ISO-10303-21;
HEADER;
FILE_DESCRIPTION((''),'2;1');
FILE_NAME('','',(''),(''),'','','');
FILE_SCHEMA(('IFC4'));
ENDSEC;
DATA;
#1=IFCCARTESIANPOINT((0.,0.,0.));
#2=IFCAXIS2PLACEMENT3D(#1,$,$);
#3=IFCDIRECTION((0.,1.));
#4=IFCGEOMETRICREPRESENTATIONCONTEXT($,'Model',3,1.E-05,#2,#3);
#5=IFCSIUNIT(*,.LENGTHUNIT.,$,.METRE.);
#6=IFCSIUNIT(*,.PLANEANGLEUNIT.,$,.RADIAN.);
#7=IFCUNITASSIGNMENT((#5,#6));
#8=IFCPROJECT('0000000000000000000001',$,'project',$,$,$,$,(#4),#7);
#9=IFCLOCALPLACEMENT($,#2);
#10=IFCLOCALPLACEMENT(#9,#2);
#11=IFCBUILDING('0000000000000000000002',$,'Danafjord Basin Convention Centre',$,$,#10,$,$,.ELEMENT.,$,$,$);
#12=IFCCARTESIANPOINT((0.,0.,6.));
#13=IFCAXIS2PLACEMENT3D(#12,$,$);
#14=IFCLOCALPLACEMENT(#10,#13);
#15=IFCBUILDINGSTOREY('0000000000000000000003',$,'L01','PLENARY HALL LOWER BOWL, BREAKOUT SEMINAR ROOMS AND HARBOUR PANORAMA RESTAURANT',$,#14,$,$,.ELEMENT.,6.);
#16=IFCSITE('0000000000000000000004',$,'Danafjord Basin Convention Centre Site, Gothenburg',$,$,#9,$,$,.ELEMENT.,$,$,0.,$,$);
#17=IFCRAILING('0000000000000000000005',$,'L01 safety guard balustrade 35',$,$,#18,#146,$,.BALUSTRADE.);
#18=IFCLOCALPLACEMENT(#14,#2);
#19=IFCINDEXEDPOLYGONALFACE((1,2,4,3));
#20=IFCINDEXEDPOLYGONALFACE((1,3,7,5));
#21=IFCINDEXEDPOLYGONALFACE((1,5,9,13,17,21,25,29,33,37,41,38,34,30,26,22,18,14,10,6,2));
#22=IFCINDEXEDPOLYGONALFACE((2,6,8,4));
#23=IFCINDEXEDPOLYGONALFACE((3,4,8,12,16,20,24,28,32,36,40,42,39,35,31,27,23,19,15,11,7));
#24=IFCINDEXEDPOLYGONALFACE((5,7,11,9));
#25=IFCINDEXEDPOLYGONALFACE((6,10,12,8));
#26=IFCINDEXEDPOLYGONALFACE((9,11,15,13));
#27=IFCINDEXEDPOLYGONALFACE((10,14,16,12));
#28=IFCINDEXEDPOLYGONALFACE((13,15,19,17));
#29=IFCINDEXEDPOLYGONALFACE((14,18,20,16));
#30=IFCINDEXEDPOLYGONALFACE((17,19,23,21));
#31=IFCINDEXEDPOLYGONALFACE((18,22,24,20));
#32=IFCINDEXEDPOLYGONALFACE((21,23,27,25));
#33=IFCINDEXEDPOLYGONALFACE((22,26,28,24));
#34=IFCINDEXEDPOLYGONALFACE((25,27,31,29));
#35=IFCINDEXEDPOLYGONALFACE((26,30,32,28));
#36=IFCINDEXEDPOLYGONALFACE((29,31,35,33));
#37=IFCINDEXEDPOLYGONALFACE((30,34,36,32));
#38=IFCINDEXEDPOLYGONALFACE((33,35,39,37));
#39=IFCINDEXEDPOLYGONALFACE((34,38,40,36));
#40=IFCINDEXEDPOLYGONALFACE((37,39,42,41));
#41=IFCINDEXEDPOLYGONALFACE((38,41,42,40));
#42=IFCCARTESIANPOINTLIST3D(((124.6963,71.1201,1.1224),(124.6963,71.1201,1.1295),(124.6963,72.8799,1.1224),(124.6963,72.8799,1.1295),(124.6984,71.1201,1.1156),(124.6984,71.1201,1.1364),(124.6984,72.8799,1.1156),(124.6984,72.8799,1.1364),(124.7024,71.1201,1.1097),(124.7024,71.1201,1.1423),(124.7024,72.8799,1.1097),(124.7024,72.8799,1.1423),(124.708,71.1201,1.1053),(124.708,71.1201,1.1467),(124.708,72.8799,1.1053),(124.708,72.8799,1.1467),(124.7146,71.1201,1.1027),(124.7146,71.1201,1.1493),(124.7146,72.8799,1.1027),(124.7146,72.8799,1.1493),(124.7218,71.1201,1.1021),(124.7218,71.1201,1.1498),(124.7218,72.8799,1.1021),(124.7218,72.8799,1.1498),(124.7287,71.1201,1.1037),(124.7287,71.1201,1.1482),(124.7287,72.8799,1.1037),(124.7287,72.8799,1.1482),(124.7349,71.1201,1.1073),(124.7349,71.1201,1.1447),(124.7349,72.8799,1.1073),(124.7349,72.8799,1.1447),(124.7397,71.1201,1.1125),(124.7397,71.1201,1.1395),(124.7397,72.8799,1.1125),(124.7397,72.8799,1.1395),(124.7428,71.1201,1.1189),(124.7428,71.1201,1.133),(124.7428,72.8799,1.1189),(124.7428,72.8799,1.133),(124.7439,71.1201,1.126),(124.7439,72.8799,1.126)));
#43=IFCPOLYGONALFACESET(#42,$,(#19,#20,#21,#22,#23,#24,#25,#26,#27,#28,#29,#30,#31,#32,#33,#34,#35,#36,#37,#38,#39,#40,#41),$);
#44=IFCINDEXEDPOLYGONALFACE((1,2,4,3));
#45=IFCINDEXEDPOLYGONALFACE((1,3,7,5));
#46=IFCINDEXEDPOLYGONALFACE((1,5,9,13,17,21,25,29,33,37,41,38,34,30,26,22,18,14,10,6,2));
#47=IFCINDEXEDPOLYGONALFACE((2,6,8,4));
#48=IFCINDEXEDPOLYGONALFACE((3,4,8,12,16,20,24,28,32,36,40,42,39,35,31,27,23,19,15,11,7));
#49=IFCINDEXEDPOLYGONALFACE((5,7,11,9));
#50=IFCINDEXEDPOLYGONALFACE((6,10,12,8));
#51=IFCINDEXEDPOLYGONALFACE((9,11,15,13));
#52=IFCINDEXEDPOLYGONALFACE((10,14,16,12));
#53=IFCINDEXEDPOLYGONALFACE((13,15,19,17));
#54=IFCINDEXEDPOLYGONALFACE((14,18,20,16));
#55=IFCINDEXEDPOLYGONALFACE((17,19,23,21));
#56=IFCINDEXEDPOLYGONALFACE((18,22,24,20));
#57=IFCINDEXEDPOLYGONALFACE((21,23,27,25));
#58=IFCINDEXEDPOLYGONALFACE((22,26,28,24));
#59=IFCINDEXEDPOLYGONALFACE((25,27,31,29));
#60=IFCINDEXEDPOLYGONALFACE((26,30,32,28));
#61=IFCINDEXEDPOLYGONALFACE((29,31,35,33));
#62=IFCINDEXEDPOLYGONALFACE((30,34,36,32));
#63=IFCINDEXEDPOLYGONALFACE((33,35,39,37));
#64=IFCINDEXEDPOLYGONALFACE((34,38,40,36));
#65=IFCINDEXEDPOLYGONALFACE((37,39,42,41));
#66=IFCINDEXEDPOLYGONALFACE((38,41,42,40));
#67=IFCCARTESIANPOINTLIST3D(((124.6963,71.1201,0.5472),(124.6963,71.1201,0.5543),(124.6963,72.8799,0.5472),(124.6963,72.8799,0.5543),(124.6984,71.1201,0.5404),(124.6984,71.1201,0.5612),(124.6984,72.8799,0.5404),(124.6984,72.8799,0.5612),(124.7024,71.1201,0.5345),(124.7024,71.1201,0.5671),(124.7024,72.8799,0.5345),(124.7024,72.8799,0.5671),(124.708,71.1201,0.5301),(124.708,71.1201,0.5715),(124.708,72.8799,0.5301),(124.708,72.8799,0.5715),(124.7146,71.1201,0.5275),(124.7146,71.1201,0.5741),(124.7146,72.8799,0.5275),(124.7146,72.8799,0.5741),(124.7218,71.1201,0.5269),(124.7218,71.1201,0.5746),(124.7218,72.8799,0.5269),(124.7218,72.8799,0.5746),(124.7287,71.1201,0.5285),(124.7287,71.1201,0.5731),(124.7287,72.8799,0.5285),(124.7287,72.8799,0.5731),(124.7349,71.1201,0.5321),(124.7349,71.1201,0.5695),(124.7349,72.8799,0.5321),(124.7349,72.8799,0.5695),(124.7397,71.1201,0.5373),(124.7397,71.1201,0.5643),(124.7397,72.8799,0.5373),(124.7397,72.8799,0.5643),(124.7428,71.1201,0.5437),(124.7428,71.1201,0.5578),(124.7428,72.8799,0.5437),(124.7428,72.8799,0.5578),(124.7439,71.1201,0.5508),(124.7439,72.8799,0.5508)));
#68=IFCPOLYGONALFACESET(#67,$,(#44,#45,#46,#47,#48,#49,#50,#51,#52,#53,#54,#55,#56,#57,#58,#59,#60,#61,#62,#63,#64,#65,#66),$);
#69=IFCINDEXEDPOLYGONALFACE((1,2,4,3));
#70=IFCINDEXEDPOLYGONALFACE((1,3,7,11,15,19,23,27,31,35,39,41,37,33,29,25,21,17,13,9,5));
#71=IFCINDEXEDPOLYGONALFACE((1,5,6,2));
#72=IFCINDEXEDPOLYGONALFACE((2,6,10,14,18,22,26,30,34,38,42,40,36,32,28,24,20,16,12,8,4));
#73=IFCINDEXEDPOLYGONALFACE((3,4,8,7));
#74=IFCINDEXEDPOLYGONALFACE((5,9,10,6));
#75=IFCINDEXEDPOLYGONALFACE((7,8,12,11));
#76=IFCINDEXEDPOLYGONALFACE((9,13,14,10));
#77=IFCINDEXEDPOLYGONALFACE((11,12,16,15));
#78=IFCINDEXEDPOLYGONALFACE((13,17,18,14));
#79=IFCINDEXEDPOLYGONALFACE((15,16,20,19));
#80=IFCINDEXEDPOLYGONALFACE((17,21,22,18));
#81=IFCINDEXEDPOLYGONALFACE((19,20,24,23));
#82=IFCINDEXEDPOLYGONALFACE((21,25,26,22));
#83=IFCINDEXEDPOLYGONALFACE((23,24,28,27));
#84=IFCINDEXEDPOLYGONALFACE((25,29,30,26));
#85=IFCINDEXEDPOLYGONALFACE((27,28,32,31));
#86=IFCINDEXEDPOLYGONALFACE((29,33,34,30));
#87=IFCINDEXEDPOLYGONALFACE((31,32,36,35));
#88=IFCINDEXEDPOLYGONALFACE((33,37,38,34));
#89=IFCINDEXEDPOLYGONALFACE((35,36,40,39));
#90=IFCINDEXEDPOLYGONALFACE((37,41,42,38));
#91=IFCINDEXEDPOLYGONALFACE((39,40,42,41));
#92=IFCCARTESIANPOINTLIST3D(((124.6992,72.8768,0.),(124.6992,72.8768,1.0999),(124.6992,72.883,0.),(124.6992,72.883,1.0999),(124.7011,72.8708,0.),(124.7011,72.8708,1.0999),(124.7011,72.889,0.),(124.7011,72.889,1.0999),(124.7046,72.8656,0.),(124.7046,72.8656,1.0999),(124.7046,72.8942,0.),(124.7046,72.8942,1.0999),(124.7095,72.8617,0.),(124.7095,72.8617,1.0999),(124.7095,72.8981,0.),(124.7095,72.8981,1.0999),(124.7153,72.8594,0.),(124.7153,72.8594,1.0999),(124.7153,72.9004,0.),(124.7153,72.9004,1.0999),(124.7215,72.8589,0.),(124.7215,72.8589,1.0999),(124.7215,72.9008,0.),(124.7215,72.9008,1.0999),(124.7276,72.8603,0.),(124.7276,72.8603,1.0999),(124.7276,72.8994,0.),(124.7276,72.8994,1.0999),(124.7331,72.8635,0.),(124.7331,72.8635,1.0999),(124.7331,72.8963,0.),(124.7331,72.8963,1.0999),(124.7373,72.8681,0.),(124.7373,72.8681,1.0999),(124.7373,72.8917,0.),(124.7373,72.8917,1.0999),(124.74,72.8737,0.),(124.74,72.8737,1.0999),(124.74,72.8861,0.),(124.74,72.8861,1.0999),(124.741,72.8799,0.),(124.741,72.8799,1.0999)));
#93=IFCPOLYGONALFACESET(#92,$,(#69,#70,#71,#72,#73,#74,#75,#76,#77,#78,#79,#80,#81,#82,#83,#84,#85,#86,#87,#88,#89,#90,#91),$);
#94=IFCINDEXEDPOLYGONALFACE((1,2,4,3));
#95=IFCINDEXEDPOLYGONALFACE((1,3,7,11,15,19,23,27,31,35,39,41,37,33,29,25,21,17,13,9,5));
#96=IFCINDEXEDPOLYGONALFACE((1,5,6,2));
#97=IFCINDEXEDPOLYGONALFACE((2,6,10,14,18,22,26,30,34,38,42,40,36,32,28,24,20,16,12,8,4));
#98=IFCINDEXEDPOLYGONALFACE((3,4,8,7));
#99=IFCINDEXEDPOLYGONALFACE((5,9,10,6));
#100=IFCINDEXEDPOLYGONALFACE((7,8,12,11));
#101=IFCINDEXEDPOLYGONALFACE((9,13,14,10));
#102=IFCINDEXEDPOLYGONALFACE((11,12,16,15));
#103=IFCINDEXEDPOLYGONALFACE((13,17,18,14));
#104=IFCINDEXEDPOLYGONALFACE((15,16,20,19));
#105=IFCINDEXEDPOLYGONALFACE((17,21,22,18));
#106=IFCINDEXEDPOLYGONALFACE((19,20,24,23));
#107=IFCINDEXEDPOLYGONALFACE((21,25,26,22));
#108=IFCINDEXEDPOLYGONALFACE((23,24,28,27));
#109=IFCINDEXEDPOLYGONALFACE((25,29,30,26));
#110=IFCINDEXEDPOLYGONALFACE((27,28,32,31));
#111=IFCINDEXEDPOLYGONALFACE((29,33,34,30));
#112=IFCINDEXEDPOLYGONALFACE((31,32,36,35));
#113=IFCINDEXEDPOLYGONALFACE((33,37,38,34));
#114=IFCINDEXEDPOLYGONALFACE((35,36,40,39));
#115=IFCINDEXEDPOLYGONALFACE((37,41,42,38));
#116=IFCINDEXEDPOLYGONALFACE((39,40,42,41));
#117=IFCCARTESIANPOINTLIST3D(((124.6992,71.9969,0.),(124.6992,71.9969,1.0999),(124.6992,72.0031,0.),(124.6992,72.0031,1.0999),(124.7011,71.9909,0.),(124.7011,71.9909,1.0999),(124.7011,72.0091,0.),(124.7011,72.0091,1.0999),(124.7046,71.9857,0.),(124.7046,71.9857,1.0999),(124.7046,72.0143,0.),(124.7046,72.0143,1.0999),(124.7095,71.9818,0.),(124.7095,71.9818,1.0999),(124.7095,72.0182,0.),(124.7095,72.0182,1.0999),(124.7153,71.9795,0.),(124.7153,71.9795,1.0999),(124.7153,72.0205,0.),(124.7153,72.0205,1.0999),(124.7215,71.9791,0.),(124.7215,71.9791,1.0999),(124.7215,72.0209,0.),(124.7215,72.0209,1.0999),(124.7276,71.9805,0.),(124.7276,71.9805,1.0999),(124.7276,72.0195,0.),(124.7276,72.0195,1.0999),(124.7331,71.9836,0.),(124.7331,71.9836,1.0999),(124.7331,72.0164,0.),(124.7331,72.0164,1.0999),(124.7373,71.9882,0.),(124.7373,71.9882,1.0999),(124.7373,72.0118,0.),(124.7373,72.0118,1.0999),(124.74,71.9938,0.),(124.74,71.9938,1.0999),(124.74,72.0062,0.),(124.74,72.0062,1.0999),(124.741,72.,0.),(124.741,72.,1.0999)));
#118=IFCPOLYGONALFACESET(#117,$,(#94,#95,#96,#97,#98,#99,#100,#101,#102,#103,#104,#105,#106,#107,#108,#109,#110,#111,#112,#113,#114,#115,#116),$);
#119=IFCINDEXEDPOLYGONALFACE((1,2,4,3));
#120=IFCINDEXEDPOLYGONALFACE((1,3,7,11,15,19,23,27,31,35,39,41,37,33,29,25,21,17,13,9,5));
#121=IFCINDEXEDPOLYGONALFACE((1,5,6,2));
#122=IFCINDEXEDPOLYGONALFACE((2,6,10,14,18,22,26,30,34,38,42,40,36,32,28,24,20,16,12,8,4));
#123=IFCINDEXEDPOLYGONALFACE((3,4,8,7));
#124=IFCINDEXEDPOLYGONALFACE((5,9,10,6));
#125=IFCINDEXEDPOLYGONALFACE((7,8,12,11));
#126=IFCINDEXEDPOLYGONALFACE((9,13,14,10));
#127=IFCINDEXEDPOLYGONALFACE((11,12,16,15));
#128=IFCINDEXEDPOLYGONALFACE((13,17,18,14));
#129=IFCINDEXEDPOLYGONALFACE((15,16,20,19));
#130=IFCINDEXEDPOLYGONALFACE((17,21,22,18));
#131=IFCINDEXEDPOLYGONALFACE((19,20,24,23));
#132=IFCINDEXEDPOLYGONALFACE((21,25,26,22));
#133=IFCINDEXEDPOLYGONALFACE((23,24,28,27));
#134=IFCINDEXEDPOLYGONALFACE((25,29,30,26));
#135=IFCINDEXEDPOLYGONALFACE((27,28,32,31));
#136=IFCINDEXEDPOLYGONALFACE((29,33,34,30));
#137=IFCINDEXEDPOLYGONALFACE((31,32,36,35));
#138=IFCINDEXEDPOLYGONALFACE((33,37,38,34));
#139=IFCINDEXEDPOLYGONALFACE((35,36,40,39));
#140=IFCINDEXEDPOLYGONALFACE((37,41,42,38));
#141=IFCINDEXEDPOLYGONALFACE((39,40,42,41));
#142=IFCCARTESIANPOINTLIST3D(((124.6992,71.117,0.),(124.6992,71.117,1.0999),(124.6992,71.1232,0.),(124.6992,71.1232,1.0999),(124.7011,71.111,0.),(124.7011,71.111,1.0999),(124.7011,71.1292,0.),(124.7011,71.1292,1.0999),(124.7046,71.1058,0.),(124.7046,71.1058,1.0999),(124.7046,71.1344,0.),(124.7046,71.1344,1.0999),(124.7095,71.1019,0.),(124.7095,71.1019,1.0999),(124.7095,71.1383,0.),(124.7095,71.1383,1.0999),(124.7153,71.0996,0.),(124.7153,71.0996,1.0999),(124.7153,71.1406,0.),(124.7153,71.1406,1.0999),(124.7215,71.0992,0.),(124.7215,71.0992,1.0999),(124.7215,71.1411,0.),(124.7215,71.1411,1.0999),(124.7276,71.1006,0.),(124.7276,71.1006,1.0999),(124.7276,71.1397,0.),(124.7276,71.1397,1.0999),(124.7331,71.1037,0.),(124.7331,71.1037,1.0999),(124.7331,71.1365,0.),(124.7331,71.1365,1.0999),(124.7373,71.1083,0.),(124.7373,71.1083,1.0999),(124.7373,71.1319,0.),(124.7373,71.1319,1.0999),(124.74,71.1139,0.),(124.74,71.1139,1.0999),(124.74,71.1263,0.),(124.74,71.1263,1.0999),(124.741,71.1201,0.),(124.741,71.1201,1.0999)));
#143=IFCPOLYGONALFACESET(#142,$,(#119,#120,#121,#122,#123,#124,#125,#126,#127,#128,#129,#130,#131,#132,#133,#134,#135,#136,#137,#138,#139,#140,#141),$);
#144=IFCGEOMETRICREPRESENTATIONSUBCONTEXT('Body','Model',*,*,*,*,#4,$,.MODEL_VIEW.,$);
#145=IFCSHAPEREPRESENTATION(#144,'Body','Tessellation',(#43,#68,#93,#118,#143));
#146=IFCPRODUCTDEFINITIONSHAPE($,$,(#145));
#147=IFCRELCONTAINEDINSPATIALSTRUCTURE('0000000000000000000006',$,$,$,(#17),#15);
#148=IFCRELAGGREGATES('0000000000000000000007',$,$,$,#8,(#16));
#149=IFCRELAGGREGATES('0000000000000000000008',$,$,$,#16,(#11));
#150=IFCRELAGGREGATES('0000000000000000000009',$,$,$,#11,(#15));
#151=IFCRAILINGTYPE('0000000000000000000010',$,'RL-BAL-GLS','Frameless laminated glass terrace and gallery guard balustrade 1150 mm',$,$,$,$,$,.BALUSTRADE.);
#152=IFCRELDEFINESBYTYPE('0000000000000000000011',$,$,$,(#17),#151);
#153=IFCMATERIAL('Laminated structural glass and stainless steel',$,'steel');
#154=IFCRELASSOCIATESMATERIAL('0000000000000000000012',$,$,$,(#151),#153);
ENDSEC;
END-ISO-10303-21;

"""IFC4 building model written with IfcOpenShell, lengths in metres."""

from ifc_helpers import new_model, si_unit, direction, frame, origin, origin_2d, place, context, subcontext, project, spatial, circle, extrude, material, type_object, element, save


model = new_model("IFC4")

# Units and contexts
model_context = context("Model", 3, precision=1e-05, world=origin(), true_north=direction((0.0, 1.0)))
body_context = subcontext(model_context, "Body", "Model", "MODEL_VIEW")
ifc_project = project(units=[si_unit("LENGTHUNIT", "METRE"), si_unit("PLANEANGLEUNIT", "RADIAN")], contexts=[model_context])

# Site, building, storey
site_placement = place(None, origin())
site = spatial("IfcSite", under=ifc_project, at=site_placement, Name="Danafjord Basin Convention Centre Site, Gothenburg", CompositionType="ELEMENT", RefElevation=0.0)
building_placement = place(site_placement, origin())
building = spatial("IfcBuilding", under=site, at=building_placement, Name="Danafjord Basin Convention Centre", CompositionType="ELEMENT")
storey_placement = place(building_placement, frame((0.0, 0.0, 6.0)))
storey = spatial("IfcBuildingStorey", under=building, at=storey_placement, Name="L01", Description="PLENARY HALL LOWER BOWL, BREAKOUT SEMINAR ROOMS AND HARBOUR PANORAMA RESTAURANT", CompositionType="ELEMENT", Elevation=6.0)

# Railing
ifc_material_1 = material(Name="Laminated structural glass and stainless steel", Category="steel")
railing_type = type_object("IfcRailingType", Name="RL-BAL-GLS", Description="Frameless laminated glass terrace and gallery guard balustrade 1150 mm", PredefinedType="BALUSTRADE", material=ifc_material_1)
for number, where, name in (
    (1, (124.72, 72.8799, 0.0), "L01 safety guard balustrade 35"),
):
    element("IfcRailing", number, at=place(storey_placement, frame(where)), inside=storey, type_object=railing_type, Name=name, PredefinedType="BALUSTRADE", context=body_context, shape_type="SweptSolid", body=[
        extrude(circle(Radius=0.0239, at=origin_2d()), frame((0.0, 0.0, 1.126), z_axis=(0.0, -1.0, 0.0), x_axis=(1.0, 0.0, 0.0)), (0.0, 0.0, 1.0), 1.7598),
        extrude(circle(Radius=0.0239, at=origin_2d()), frame((0.0, 0.0, 0.5508), z_axis=(0.0, -1.0, 0.0), x_axis=(1.0, 0.0, 0.0)), (0.0, 0.0, 1.0), 1.7598),
        extrude(circle(Radius=0.021, at=origin_2d()), origin(), (0.0, 0.0, 1.0), 1.0999),
        extrude(circle(Radius=0.021, at=origin_2d()), frame((0.0, -0.8799, 0.0)), (0.0, 0.0, 1.0), 1.0999),
        extrude(circle(Radius=0.021, at=origin_2d()), frame((0.0, -1.7598, 0.0)), (0.0, 0.0, 1.0), 1.0999),
    ])

save(model, "model.ifc")
